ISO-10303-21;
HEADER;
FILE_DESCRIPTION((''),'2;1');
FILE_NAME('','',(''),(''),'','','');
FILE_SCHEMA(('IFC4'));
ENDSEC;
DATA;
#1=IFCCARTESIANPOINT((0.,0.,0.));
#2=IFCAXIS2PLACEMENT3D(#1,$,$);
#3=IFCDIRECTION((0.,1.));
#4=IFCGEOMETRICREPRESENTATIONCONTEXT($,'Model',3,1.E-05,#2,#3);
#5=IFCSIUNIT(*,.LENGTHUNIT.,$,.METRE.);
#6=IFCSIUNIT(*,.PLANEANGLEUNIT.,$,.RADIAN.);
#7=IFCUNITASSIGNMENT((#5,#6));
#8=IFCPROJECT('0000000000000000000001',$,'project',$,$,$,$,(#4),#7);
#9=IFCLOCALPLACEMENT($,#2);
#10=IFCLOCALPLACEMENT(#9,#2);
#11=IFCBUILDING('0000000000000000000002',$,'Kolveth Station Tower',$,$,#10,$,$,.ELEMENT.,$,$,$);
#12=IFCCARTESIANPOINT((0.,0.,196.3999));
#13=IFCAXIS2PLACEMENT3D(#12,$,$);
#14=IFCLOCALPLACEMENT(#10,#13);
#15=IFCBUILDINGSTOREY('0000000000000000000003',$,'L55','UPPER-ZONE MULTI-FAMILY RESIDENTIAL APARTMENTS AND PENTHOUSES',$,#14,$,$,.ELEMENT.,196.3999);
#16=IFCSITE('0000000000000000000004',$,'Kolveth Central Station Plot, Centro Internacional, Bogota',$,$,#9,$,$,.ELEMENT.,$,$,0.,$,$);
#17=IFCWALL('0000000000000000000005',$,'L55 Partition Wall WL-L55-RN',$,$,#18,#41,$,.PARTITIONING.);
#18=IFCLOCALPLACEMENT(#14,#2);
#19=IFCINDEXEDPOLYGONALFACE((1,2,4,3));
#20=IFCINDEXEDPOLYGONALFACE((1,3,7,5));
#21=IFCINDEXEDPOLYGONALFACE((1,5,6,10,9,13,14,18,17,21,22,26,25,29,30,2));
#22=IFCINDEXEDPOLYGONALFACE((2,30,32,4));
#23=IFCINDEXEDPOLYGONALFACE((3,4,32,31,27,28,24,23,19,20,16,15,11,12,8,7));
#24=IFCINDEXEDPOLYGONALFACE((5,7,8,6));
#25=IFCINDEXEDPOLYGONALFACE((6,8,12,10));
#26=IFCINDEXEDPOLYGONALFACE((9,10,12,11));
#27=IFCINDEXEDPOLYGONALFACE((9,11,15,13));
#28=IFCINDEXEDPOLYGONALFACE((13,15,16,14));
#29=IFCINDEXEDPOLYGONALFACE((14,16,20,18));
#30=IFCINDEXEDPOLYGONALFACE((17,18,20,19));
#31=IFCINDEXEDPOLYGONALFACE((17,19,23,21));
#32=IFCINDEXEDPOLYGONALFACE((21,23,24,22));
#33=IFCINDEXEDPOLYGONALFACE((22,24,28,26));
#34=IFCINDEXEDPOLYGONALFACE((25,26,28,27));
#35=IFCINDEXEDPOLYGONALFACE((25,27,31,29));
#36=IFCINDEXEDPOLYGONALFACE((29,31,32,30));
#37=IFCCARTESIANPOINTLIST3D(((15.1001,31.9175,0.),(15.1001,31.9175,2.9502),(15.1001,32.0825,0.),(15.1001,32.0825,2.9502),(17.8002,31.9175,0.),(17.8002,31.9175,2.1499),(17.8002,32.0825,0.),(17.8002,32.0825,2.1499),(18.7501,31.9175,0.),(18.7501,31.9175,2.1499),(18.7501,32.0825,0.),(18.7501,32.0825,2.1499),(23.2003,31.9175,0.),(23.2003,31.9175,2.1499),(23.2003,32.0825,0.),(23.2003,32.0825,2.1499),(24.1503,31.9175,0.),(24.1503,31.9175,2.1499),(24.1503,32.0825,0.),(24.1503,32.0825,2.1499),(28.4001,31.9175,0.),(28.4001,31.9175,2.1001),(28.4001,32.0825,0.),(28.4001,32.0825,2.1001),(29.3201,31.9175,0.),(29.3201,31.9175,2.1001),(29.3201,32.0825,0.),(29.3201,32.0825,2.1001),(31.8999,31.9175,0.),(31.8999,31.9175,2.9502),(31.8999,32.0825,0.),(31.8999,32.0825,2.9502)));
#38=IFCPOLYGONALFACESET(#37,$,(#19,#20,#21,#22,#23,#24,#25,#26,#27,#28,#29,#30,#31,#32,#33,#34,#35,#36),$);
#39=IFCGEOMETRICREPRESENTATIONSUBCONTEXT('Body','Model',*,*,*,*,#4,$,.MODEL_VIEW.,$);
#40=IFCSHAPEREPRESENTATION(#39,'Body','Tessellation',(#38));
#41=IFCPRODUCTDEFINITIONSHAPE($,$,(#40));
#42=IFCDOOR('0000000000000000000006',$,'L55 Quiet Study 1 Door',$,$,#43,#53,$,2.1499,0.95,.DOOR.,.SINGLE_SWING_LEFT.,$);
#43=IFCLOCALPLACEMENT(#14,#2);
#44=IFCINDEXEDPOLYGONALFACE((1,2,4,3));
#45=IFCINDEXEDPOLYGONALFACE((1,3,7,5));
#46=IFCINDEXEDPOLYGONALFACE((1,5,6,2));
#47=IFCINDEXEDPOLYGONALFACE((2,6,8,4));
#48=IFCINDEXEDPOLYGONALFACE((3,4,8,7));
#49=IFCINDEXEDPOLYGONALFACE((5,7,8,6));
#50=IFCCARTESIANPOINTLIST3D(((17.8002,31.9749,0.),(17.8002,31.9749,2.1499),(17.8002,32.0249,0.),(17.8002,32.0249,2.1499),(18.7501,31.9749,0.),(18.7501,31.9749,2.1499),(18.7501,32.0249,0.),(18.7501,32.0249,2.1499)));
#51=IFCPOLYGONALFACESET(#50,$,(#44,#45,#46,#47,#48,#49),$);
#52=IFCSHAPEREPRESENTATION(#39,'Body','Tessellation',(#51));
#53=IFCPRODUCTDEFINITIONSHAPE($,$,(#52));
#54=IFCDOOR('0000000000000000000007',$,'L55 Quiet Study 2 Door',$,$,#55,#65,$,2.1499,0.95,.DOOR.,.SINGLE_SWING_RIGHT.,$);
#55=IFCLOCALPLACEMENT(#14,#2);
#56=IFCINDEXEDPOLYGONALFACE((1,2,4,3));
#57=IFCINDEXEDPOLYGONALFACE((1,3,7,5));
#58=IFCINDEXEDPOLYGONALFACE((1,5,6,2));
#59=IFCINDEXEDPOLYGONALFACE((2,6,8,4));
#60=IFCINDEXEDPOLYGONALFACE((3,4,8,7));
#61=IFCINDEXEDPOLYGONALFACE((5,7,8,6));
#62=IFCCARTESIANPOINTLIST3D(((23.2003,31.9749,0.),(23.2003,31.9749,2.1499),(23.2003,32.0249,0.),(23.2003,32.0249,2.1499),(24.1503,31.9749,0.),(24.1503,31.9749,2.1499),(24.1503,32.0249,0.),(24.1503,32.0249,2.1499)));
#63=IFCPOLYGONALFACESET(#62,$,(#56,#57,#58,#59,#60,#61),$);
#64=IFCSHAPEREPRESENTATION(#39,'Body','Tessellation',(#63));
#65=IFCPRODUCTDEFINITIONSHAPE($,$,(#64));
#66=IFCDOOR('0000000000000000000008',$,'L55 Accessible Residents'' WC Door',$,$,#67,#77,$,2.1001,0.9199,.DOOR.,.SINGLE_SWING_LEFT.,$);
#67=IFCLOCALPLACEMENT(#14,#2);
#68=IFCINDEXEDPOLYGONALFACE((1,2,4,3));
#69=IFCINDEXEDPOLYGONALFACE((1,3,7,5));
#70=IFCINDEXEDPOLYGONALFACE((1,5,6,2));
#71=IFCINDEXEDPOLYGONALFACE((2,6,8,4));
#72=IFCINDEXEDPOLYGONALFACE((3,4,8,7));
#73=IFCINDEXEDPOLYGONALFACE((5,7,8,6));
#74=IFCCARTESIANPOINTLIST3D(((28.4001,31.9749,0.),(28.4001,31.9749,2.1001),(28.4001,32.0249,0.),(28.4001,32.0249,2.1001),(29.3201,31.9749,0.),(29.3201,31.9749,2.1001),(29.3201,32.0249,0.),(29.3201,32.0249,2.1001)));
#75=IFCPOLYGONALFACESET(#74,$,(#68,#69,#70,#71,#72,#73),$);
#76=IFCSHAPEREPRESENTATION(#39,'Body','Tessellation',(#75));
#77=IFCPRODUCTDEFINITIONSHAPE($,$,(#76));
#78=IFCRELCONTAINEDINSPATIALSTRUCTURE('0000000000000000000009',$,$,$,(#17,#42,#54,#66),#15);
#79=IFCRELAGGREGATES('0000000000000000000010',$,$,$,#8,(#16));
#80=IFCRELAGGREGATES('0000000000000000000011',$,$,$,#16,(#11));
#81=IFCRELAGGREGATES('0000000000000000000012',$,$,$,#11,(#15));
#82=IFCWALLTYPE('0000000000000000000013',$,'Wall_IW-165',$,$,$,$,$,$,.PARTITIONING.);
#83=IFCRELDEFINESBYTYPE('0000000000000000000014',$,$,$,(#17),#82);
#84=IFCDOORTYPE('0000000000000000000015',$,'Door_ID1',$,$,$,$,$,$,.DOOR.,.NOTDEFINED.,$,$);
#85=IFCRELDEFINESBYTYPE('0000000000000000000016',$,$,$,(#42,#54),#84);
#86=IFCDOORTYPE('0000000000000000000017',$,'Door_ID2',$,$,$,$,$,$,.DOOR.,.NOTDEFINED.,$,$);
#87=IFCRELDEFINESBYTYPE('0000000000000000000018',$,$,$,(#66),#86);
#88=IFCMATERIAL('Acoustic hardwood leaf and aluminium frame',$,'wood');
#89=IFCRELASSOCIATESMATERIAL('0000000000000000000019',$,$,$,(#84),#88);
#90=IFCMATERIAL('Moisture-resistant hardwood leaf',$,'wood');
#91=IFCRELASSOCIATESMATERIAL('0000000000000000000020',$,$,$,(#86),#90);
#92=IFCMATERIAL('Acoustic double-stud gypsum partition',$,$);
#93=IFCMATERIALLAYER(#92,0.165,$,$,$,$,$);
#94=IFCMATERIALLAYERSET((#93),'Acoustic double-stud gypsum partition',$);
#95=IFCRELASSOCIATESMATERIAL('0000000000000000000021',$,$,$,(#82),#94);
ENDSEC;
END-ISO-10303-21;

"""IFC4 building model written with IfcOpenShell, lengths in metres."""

from ifc_helpers import new_model, si_unit, direction, frame, frame_2d, origin, place, context, subcontext, project, spatial, rectangle, extrude, material, layer, layer_set, type_object, element, fill, save


model = new_model("IFC4")

# Units and contexts
model_context = context("Model", 3, precision=1e-05, world=origin(), true_north=direction((0.0, 1.0)))
body_context = subcontext(model_context, "Body", "Model", "MODEL_VIEW")
ifc_project = project(units=[si_unit("LENGTHUNIT", "METRE"), si_unit("PLANEANGLEUNIT", "RADIAN")], contexts=[model_context])

# Site, building, storey
site_placement = place(None, origin())
site = spatial("IfcSite", under=ifc_project, at=site_placement, Name="Kolveth Central Station Plot, Centro Internacional, Bogota", CompositionType="ELEMENT", RefElevation=0.0)
building_placement = place(site_placement, origin())
building = spatial("IfcBuilding", under=site, at=building_placement, Name="Kolveth Station Tower", CompositionType="ELEMENT")
storey_placement = place(building_placement, frame((0.0, 0.0, 196.3999)))
storey = spatial("IfcBuildingStorey", under=building, at=storey_placement, Name="L55", Description="UPPER-ZONE MULTI-FAMILY RESIDENTIAL APARTMENTS AND PENTHOUSES", CompositionType="ELEMENT", Elevation=196.3999)

# Shared definitions
ifc_material_1 = material(Name="Acoustic hardwood leaf and aluminium frame", Category="wood")
door_type_1 = type_object("IfcDoorType", Name="Door_ID1", OperationType="NOTDEFINED", PredefinedType="DOOR", material=ifc_material_1)
ifc_material_2 = material(Name="Moisture-resistant hardwood leaf", Category="wood")
door_type_2 = type_object("IfcDoorType", Name="Door_ID2", OperationType="NOTDEFINED", PredefinedType="DOOR", material=ifc_material_2)

# Wall, openings, doors
ifc_material_3 = material(Name="Acoustic double-stud gypsum partition")
ifc_layer_1 = layer(ifc_material_3, 0.165)
ifc_layer_set_1 = layer_set([ifc_layer_1], Name="Acoustic double-stud gypsum partition")
wall_type_1 = type_object("IfcWallType", Name="Wall_IW-165", PredefinedType="PARTITIONING", material=ifc_layer_set_1)
wall_1_placement = place(storey_placement, frame((15.1001, 32.0, 0.0), z_axis=(0.0, 0.0, 1.0), x_axis=(1.0, 0.0, 0.0)))
wall_1 = element("IfcWall", 1, at=wall_1_placement, inside=storey, type_object=wall_type_1, Name="L55 Partition Wall WL-L55-RN", PredefinedType="PARTITIONING", context=body_context, shape_type="SweptSolid", body=[
    extrude(rectangle(XDim=16.7998, YDim=0.165, at=frame_2d((8.3999, 0.0))), origin(), (0.0, 0.0, 1.0), 2.9502),
])
opening_1_placement = place(wall_1_placement, frame((2.7, 0.0, 0.0)))
opening_1 = element("IfcOpeningElement", 2, at=opening_1_placement, cuts=wall_1, PredefinedType="OPENING", context=body_context, shape_type="SweptSolid", body=[
    extrude(rectangle(XDim=0.95, YDim=2.1499, at=frame_2d((0.4751, 1.075))), frame((0.0, 0.0925, 0.0), z_axis=(0.0, -1.0, 0.0), x_axis=(1.0, 0.0, 0.0)), (0.0, 0.0, 1.0), 0.1851),
])
opening_2_placement = place(wall_1_placement, frame((8.1001, 0.0, 0.0)))
opening_2 = element("IfcOpeningElement", 3, at=opening_2_placement, cuts=wall_1, PredefinedType="OPENING", context=body_context, shape_type="SweptSolid", body=[
    extrude(rectangle(XDim=0.95, YDim=2.1499, at=frame_2d((0.4751, 1.075))), frame((0.0, 0.0925, 0.0), z_axis=(0.0, -1.0, 0.0), x_axis=(1.0, 0.0, 0.0)), (0.0, 0.0, 1.0), 0.1851),
])
opening_3_placement = place(wall_1_placement, frame((13.3, 0.0, 0.0)))
opening_3 = element("IfcOpeningElement", 4, at=opening_3_placement, cuts=wall_1, PredefinedType="OPENING", context=body_context, shape_type="SweptSolid", body=[
    extrude(rectangle(XDim=0.9199, YDim=2.1001, at=frame_2d((0.46, 1.05))), frame((0.0, 0.0925, 0.0), z_axis=(0.0, -1.0, 0.0), x_axis=(1.0, 0.0, 0.0)), (0.0, 0.0, 1.0), 0.1851),
])
door_1_placement = place(opening_1_placement, origin())
door_1 = element("IfcDoor", 5, at=door_1_placement, inside=storey, type_object=door_type_1, Name="L55 Quiet Study 1 Door", OperationType="SINGLE_SWING_LEFT", OverallHeight=2.1499, OverallWidth=0.95, PredefinedType="DOOR", context=body_context, shape_type="SweptSolid", body=[
    extrude(rectangle(XDim=0.95, YDim=2.1499, at=frame_2d((0.4751, 1.075))), frame((0.0, 0.0249, 0.0), z_axis=(0.0, -1.0, 0.0), x_axis=(1.0, 0.0, 0.0)), (0.0, 0.0, 1.0), 0.05),
])
fill(opening_1, door_1)
door_2_placement = place(opening_2_placement, origin())
door_2 = element("IfcDoor", 6, at=door_2_placement, inside=storey, type_object=door_type_1, Name="L55 Quiet Study 2 Door", OperationType="SINGLE_SWING_RIGHT", OverallHeight=2.1499, OverallWidth=0.95, PredefinedType="DOOR", context=body_context, shape_type="SweptSolid", body=[
    extrude(rectangle(XDim=0.95, YDim=2.1499, at=frame_2d((0.4751, 1.075))), frame((0.0, 0.0249, 0.0), z_axis=(0.0, -1.0, 0.0), x_axis=(1.0, 0.0, 0.0)), (0.0, 0.0, 1.0), 0.05),
])
fill(opening_2, door_2)
door_3_placement = place(opening_3_placement, origin())
door_3 = element("IfcDoor", 7, at=door_3_placement, inside=storey, type_object=door_type_2, Name="L55 Accessible Residents' WC Door", OperationType="SINGLE_SWING_LEFT", OverallHeight=2.1001, OverallWidth=0.9199, PredefinedType="DOOR", context=body_context, shape_type="SweptSolid", body=[
    extrude(rectangle(XDim=0.9199, YDim=2.1001, at=frame_2d((0.46, 1.05))), frame((0.0, 0.0249, 0.0), z_axis=(0.0, -1.0, 0.0), x_axis=(1.0, 0.0, 0.0)), (0.0, 0.0, 1.0), 0.05),
])
fill(opening_3, door_3)

save(model, "model.ifc")
